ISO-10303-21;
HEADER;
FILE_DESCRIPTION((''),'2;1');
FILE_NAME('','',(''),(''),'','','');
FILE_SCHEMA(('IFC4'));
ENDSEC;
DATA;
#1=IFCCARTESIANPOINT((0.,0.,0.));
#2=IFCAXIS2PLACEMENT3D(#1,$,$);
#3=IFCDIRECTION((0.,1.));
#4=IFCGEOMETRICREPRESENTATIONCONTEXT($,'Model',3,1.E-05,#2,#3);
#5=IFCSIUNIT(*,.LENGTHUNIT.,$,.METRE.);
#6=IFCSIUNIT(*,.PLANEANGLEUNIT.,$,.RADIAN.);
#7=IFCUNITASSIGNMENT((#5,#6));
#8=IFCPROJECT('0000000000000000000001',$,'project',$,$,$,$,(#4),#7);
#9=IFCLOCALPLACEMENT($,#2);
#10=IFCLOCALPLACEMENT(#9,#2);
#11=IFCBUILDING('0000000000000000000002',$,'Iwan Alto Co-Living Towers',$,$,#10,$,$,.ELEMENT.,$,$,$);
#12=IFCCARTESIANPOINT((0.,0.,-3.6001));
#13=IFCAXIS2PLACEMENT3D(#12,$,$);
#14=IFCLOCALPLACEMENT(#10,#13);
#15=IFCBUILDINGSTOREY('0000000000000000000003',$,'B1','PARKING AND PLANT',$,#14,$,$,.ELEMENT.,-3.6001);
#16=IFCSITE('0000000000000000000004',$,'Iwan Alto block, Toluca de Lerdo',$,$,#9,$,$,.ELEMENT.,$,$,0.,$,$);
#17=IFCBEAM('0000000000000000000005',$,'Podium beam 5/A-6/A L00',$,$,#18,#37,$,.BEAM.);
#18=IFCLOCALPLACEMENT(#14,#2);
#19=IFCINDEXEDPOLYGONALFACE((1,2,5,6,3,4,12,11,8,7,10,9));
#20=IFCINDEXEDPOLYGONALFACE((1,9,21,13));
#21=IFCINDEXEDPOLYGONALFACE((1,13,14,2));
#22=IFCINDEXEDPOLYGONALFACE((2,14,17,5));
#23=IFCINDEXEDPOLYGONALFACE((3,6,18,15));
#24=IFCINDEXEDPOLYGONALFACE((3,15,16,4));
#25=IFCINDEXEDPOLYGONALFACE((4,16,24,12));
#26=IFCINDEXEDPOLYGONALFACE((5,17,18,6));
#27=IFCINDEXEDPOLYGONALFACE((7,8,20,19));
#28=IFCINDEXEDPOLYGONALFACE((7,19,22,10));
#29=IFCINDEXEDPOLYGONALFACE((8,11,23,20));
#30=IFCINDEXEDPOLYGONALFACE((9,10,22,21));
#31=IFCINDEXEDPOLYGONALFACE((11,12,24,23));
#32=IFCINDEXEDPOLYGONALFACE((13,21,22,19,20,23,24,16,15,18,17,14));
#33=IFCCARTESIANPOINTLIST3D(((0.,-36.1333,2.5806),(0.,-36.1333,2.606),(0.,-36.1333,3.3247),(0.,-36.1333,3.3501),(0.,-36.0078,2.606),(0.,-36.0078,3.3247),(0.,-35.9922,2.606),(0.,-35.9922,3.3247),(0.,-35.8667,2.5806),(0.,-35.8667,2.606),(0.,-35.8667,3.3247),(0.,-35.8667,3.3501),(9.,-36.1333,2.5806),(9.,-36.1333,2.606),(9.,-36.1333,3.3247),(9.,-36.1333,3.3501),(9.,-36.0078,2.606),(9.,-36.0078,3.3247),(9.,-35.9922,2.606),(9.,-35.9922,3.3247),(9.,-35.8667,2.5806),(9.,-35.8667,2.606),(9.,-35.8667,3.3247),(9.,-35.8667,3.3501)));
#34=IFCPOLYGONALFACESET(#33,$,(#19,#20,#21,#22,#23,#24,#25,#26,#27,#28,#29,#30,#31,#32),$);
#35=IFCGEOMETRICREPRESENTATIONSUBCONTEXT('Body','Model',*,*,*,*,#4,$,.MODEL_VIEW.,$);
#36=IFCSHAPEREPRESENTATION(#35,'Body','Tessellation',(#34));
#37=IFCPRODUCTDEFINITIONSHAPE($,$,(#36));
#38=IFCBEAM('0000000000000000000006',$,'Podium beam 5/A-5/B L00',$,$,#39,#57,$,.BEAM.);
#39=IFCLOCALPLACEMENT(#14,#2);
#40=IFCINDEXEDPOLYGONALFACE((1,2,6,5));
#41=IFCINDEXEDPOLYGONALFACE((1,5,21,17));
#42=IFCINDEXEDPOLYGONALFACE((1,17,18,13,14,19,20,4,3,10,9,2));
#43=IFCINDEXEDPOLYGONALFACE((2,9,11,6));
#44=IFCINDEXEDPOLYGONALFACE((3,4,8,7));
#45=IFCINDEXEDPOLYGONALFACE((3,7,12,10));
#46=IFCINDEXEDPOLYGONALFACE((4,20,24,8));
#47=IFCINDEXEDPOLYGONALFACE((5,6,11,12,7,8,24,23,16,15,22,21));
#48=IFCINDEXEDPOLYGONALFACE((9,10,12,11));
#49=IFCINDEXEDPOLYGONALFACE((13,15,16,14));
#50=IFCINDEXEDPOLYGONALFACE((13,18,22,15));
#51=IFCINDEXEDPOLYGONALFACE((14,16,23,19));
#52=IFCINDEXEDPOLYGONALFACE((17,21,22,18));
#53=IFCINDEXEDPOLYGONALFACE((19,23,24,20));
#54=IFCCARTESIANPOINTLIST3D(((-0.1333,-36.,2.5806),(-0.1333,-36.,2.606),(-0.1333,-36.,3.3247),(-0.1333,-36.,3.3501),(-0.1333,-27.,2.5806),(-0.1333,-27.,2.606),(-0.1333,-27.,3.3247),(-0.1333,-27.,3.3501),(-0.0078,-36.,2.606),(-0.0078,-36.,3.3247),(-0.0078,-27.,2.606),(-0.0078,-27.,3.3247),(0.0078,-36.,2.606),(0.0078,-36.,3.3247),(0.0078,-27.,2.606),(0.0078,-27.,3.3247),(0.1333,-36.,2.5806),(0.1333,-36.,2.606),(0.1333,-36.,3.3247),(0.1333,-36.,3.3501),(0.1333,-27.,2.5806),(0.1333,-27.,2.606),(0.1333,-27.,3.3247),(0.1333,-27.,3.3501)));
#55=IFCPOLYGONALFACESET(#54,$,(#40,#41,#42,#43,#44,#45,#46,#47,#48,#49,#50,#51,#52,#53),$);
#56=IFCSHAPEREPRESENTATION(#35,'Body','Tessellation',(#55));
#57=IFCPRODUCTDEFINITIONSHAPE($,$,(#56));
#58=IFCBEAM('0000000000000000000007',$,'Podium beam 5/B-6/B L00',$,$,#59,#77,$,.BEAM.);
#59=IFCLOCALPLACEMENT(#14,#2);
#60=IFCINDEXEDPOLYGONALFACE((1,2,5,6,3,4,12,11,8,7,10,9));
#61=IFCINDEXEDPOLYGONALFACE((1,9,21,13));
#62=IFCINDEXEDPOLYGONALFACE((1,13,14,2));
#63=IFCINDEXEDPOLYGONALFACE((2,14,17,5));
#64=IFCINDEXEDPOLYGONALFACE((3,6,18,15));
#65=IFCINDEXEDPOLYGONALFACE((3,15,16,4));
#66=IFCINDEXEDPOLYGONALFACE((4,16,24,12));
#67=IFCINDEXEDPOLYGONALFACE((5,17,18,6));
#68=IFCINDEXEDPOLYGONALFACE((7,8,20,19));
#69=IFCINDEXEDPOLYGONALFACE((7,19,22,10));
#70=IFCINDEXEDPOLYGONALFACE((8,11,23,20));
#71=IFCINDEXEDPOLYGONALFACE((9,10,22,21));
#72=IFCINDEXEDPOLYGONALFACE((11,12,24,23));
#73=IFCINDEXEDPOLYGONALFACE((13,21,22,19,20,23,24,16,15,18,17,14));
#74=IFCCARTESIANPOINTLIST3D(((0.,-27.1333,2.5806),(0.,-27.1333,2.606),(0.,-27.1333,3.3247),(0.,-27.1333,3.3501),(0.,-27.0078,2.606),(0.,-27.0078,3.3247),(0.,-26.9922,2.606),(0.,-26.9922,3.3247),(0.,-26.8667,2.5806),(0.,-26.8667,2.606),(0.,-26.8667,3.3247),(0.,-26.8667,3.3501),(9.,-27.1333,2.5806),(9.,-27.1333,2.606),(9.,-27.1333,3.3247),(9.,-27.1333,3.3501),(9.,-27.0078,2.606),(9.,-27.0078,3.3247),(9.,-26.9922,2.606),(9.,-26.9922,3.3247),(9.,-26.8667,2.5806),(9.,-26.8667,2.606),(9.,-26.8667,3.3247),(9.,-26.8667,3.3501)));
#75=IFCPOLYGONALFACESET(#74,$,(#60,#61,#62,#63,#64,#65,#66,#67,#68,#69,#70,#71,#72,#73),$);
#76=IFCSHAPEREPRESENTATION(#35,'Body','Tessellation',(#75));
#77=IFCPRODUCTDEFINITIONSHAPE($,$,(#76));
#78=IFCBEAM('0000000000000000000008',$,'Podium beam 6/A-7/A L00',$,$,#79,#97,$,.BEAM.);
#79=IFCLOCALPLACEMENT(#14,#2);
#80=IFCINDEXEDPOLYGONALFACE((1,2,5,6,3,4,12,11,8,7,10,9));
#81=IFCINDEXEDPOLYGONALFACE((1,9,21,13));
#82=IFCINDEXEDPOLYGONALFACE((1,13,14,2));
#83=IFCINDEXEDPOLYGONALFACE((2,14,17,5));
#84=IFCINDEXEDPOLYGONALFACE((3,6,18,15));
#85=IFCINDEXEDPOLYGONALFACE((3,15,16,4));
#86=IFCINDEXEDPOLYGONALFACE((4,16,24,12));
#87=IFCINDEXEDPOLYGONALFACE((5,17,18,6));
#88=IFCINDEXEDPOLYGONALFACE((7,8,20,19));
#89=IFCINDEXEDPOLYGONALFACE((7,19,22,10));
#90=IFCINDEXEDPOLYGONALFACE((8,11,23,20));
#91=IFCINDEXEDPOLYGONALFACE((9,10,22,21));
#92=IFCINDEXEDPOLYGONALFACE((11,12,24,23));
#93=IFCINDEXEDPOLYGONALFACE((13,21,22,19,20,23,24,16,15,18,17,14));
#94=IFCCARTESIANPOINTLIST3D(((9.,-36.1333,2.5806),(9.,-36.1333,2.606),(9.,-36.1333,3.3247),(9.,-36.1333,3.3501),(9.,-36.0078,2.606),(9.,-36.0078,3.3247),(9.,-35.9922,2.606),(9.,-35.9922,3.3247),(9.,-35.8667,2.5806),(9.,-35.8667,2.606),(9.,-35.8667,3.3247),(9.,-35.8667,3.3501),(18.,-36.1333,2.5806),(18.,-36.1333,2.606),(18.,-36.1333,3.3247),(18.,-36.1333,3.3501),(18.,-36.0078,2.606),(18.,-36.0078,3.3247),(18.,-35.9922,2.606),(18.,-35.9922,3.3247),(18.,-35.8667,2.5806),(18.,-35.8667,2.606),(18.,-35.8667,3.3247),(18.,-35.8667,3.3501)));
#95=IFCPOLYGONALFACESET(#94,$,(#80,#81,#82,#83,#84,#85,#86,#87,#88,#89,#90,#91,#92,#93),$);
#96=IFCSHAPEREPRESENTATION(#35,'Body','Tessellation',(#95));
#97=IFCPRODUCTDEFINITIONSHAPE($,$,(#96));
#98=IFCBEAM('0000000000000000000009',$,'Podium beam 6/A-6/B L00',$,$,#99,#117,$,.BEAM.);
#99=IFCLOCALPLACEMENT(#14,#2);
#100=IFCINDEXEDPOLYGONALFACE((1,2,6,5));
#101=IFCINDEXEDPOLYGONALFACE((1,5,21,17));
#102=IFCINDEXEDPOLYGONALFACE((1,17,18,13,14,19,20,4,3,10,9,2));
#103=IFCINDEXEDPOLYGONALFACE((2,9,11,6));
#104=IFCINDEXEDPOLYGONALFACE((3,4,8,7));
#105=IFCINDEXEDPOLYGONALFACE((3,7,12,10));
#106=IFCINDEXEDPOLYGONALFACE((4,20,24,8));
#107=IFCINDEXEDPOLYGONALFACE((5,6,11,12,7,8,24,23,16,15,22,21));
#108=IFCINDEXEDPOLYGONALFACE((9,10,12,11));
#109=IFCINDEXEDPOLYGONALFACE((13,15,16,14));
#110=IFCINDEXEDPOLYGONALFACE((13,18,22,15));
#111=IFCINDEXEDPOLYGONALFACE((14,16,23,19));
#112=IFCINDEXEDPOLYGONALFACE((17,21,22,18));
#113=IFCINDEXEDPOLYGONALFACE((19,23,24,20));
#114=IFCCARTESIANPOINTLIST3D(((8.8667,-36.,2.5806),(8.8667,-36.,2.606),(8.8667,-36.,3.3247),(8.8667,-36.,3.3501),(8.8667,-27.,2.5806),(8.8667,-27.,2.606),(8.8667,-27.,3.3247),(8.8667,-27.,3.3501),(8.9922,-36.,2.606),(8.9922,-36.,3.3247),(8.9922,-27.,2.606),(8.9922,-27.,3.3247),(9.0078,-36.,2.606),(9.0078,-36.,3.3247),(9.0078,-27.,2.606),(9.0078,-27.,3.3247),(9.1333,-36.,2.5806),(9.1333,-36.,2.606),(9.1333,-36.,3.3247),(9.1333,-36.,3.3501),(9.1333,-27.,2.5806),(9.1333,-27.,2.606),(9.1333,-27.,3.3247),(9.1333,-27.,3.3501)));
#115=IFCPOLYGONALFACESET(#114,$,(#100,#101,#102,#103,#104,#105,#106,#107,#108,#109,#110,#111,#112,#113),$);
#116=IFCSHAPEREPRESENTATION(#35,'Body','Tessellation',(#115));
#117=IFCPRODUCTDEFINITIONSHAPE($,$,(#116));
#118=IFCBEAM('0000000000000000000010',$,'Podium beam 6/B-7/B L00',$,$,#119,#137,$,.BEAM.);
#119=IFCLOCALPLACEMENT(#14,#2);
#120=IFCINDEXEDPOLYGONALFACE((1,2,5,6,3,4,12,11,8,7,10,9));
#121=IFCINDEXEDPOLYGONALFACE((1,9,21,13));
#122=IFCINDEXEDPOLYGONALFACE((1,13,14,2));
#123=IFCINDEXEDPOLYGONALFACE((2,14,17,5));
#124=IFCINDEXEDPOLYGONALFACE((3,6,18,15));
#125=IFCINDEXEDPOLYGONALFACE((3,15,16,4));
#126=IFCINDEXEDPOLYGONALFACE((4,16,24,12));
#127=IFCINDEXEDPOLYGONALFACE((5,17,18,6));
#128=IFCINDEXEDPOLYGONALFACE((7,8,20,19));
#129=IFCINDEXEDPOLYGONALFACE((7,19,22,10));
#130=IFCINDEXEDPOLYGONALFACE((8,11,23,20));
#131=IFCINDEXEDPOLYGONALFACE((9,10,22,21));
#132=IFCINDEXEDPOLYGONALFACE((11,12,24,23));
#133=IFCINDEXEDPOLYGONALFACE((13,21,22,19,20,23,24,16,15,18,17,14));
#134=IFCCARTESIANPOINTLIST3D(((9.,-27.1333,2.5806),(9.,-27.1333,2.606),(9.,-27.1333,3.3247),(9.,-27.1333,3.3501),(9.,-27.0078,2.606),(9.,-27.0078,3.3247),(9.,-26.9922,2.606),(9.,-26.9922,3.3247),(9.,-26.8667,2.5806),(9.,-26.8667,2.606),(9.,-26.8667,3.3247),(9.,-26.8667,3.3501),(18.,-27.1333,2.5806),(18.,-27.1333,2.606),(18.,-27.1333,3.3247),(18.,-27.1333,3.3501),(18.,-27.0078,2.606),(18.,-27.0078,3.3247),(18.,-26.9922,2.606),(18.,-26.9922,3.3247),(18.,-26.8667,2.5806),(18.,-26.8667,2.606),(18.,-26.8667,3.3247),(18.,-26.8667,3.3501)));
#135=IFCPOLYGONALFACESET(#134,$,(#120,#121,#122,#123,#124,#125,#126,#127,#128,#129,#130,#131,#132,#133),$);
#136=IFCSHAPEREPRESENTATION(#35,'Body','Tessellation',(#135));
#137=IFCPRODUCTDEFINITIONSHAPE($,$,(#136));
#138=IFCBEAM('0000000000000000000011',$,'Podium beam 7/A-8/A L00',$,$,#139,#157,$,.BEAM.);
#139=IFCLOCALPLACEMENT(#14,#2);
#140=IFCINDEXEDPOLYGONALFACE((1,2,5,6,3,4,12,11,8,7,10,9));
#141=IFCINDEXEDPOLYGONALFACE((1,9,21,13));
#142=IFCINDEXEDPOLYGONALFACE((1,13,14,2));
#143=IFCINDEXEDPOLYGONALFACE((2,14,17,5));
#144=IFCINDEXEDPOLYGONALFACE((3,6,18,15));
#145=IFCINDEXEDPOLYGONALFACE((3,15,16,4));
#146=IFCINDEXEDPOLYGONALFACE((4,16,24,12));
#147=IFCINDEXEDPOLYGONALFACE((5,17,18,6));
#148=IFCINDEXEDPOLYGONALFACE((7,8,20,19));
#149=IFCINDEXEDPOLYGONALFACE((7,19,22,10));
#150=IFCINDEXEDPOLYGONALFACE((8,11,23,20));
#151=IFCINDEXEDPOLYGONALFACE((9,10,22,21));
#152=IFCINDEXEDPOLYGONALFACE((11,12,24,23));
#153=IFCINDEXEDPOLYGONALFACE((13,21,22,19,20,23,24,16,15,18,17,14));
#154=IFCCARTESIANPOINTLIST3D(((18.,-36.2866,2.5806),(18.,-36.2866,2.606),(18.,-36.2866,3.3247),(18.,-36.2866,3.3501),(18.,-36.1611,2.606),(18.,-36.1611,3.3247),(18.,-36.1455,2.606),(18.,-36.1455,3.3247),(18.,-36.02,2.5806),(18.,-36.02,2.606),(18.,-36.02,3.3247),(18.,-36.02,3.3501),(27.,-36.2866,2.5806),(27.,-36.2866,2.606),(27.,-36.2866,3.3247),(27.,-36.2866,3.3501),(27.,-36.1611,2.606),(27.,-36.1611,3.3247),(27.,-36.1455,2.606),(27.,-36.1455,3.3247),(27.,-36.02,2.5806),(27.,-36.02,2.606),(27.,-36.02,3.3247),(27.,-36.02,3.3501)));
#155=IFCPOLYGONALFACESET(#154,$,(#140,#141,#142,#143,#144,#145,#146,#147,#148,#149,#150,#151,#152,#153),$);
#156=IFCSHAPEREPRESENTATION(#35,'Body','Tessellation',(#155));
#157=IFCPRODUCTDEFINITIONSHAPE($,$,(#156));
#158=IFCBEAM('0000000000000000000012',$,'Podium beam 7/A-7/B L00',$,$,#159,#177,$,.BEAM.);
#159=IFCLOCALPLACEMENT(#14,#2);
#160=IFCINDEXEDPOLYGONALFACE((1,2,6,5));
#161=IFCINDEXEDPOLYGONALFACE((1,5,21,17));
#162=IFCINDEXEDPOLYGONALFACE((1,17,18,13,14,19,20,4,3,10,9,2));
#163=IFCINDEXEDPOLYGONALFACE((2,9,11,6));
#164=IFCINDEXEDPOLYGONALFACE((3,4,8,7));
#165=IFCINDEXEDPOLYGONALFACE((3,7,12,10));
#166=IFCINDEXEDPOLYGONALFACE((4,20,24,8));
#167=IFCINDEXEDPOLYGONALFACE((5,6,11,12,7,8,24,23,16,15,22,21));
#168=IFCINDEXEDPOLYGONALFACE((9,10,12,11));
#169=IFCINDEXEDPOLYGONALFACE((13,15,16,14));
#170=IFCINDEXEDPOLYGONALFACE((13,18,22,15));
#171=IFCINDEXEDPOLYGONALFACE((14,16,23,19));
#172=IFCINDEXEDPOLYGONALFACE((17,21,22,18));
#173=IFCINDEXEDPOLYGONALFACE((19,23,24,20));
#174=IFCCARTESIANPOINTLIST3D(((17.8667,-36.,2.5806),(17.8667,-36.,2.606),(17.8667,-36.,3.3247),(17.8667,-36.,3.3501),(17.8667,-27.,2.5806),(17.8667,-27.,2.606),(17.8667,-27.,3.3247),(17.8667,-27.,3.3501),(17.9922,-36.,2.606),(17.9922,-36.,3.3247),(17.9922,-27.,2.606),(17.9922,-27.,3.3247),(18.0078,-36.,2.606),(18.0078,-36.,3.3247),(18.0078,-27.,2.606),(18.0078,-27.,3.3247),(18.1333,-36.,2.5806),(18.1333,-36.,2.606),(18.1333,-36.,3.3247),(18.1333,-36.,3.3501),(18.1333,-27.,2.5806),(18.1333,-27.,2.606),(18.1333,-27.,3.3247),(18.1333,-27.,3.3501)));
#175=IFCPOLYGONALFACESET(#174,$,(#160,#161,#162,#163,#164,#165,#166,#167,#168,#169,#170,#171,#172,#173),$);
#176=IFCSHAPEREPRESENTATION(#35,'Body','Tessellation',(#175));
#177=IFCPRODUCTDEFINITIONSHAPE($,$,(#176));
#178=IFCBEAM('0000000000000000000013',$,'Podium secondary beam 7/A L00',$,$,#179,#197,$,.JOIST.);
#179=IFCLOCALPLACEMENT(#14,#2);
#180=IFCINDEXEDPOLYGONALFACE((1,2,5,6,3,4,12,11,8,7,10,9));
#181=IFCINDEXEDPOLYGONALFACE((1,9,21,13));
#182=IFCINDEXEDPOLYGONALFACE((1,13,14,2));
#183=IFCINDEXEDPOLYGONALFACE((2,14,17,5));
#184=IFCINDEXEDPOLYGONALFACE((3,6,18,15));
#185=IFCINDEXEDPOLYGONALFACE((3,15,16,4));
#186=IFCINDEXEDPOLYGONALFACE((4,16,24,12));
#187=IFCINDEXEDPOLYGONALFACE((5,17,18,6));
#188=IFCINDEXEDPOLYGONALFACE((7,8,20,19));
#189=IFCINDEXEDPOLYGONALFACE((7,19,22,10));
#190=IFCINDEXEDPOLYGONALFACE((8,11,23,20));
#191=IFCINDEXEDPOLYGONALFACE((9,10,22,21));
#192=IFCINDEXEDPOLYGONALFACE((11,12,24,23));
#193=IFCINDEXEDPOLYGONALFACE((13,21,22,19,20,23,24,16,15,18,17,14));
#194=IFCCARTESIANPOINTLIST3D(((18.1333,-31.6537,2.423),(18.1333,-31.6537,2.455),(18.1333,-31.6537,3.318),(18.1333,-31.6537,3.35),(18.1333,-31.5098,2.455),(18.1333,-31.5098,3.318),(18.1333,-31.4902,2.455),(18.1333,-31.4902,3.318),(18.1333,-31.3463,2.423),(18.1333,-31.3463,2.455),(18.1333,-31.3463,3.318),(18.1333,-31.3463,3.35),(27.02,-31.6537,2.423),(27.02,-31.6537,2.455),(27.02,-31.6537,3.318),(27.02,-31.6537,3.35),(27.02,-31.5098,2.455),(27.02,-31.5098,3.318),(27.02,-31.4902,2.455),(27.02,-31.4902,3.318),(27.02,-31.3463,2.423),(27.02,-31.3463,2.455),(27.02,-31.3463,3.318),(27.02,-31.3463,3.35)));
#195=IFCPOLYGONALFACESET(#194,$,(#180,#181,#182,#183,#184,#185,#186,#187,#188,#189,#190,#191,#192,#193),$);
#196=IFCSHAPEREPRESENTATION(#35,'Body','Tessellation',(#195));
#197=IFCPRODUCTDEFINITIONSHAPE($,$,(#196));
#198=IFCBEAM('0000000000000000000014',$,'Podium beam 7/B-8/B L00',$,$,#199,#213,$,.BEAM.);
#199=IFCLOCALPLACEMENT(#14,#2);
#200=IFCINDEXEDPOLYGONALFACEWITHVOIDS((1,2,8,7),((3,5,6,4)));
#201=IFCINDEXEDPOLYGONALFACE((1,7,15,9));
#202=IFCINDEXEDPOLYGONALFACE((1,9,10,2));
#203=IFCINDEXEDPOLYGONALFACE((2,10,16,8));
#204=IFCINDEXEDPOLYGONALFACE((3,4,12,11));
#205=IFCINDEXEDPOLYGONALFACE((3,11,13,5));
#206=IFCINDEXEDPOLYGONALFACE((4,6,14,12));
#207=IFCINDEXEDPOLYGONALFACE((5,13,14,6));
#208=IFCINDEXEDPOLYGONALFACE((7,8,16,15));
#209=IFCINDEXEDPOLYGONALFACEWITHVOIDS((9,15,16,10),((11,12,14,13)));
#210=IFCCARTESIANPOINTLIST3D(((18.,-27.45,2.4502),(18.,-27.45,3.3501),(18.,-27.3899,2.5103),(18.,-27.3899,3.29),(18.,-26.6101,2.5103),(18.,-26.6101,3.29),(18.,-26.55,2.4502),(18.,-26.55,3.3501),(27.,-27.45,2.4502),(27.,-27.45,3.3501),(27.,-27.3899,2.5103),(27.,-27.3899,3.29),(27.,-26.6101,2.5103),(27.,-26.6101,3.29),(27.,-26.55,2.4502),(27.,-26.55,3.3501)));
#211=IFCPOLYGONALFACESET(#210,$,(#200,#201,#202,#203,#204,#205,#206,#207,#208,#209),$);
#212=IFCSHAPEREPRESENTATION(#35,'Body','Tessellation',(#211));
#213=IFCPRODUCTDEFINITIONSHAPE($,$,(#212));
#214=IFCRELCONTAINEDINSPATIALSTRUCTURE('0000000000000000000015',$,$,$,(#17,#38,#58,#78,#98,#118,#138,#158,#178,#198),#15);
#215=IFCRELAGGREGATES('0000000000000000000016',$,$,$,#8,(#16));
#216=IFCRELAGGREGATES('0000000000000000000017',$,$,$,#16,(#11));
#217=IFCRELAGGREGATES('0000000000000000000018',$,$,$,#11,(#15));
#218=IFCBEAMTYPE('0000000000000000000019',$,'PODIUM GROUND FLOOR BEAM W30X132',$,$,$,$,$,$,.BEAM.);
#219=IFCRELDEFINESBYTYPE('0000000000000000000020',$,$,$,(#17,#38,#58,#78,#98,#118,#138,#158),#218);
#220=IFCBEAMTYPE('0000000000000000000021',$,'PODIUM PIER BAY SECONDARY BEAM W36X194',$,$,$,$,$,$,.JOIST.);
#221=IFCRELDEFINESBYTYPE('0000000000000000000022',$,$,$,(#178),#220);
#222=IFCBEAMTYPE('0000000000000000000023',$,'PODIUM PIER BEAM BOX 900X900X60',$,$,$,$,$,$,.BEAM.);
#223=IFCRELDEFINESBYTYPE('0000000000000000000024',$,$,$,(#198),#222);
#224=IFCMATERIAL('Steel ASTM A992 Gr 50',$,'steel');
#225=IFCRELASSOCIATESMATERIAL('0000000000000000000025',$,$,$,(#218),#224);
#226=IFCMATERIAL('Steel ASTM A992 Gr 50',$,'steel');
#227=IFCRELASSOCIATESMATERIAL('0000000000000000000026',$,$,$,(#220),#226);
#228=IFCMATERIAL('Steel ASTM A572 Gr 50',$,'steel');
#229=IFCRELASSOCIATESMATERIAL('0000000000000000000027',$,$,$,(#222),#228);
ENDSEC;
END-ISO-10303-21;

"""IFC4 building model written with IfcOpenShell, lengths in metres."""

from ifc_helpers import new_model, si_unit, direction, frame, origin, origin_2d, place, context, subcontext, project, spatial, hollow_rectangle, i_section, extrude, material, material_profile, profile_set, type_object, element, save


model = new_model("IFC4")

# Units and contexts
model_context = context("Model", 3, precision=1e-05, world=origin(), true_north=direction((0.0, 1.0)))
body_context = subcontext(model_context, "Body", "Model", "MODEL_VIEW")
ifc_project = project(units=[si_unit("LENGTHUNIT", "METRE"), si_unit("PLANEANGLEUNIT", "RADIAN")], contexts=[model_context])

# Site, building, storey
site_placement = place(None, origin())
site = spatial("IfcSite", under=ifc_project, at=site_placement, Name="Iwan Alto block, Toluca de Lerdo", CompositionType="ELEMENT", RefElevation=0.0)
building_placement = place(site_placement, origin())
building = spatial("IfcBuilding", under=site, at=building_placement, Name="Iwan Alto Co-Living Towers", CompositionType="ELEMENT")
storey_placement = place(building_placement, frame((0.0, 0.0, -3.6001)))
storey = spatial("IfcBuildingStorey", under=building, at=storey_placement, Name="B1", Description="PARKING AND PLANT", CompositionType="ELEMENT", Elevation=-3.6001)

# Beams
ifc_material_1 = material(Name="Steel ASTM A992 Gr 50", Category="steel")
ifc_material_profile_1 = material_profile(ifc_material_1, i_section(OverallWidth=0.2666, OverallDepth=0.7695, WebThickness=0.0156, FlangeThickness=0.0254, at=origin_2d()), Name="W30X132")
ifc_profile_set_1 = profile_set([ifc_material_profile_1], Name="Steel ASTM A992 Gr 50")
beam_type_1 = type_object("IfcBeamType", Name="PODIUM GROUND FLOOR BEAM W30X132", PredefinedType="BEAM", material=ifc_profile_set_1)
for number, where, z_axis, x_axis, name in (
    (1, (0.0, -36.0, 2.9653), (1.0, 0.0, 0.0), (0.0, 1.0, 0.0), "Podium beam 5/A-6/A L00"),
    (2, (0.0, -36.0, 2.9653), (0.0, 1.0, 0.0), (-1.0, 0.0, 0.0), "Podium beam 5/A-5/B L00"),
    (3, (0.0, -27.0, 2.9653), (1.0, 0.0, 0.0), (0.0, 1.0, 0.0), "Podium beam 5/B-6/B L00"),
    (4, (9.0, -36.0, 2.9653), (1.0, 0.0, 0.0), (0.0, 1.0, 0.0), "Podium beam 6/A-7/A L00"),
    (5, (9.0, -36.0, 2.9653), (0.0, 1.0, 0.0), (-1.0, 0.0, 0.0), "Podium beam 6/A-6/B L00"),
    (6, (9.0, -27.0, 2.9653), (1.0, 0.0, 0.0), (0.0, 1.0, 0.0), "Podium beam 6/B-7/B L00"),
    (7, (18.0, -36.1533, 2.9653), (1.0, 0.0, 0.0), (0.0, 1.0, 0.0), "Podium beam 7/A-8/A L00"),
    (8, (18.0, -36.0, 2.9653), (0.0, 1.0, 0.0), (-1.0, 0.0, 0.0), "Podium beam 7/A-7/B L00"),
):
    element("IfcBeam", number, at=place(storey_placement, frame(where, z_axis=z_axis, x_axis=x_axis)), inside=storey, type_object=beam_type_1, Name=name, PredefinedType="BEAM", context=body_context, shape_type="SweptSolid", body=[
        extrude(i_section(OverallWidth=0.2666, OverallDepth=0.7695, WebThickness=0.0156, FlangeThickness=0.0254, at=origin_2d()), origin(), (0.0, 0.0, 1.0), 9.0),
    ])
ifc_material_2 = material(Name="Steel ASTM A992 Gr 50", Category="steel")
ifc_material_profile_2 = material_profile(ifc_material_2, i_section(OverallWidth=0.3074, OverallDepth=0.927, WebThickness=0.0195, FlangeThickness=0.032, at=origin_2d()), Name="W36X194")
ifc_profile_set_2 = profile_set([ifc_material_profile_2], Name="Steel ASTM A992 Gr 50")
beam_type_2 = type_object("IfcBeamType", Name="PODIUM PIER BAY SECONDARY BEAM W36X194", PredefinedType="JOIST", material=ifc_profile_set_2)
beam_1_placement = place(storey_placement, frame((18.1333, -31.5, 2.8865), z_axis=(1.0, 0.0, 0.0), x_axis=(0.0, 1.0, 0.0)))
element("IfcBeam", 9, at=beam_1_placement, inside=storey, type_object=beam_type_2, Name="Podium secondary beam 7/A L00", PredefinedType="JOIST", context=body_context, shape_type="SweptSolid", body=[
    extrude(i_section(OverallWidth=0.3074, OverallDepth=0.927, WebThickness=0.0195, FlangeThickness=0.032, at=origin_2d()), origin(), (0.0, 0.0, 1.0), 8.8867),
])
ifc_material_3 = material(Name="Steel ASTM A572 Gr 50", Category="steel")
ifc_material_profile_3 = material_profile(ifc_material_3, hollow_rectangle(XDim=0.8999, YDim=0.8999, WallThickness=0.0601, at=origin_2d()), Name="BOX 900X900X60")
ifc_profile_set_3 = profile_set([ifc_material_profile_3], Name="Steel ASTM A572 Gr 50")
beam_type_3 = type_object("IfcBeamType", Name="PODIUM PIER BEAM BOX 900X900X60", PredefinedType="BEAM", material=ifc_profile_set_3)
beam_2_placement = place(storey_placement, frame((18.0, -27.0, 2.9001), z_axis=(1.0, 0.0, 0.0), x_axis=(0.0, 1.0, 0.0)))
element("IfcBeam", 10, at=beam_2_placement, inside=storey, type_object=beam_type_3, Name="Podium beam 7/B-8/B L00", PredefinedType="BEAM", context=body_context, shape_type="SweptSolid", body=[
    extrude(hollow_rectangle(XDim=0.8999, YDim=0.8999, WallThickness=0.0601, at=origin_2d()), origin(), (0.0, 0.0, 1.0), 9.0),
])

save(model, "model.ifc")
